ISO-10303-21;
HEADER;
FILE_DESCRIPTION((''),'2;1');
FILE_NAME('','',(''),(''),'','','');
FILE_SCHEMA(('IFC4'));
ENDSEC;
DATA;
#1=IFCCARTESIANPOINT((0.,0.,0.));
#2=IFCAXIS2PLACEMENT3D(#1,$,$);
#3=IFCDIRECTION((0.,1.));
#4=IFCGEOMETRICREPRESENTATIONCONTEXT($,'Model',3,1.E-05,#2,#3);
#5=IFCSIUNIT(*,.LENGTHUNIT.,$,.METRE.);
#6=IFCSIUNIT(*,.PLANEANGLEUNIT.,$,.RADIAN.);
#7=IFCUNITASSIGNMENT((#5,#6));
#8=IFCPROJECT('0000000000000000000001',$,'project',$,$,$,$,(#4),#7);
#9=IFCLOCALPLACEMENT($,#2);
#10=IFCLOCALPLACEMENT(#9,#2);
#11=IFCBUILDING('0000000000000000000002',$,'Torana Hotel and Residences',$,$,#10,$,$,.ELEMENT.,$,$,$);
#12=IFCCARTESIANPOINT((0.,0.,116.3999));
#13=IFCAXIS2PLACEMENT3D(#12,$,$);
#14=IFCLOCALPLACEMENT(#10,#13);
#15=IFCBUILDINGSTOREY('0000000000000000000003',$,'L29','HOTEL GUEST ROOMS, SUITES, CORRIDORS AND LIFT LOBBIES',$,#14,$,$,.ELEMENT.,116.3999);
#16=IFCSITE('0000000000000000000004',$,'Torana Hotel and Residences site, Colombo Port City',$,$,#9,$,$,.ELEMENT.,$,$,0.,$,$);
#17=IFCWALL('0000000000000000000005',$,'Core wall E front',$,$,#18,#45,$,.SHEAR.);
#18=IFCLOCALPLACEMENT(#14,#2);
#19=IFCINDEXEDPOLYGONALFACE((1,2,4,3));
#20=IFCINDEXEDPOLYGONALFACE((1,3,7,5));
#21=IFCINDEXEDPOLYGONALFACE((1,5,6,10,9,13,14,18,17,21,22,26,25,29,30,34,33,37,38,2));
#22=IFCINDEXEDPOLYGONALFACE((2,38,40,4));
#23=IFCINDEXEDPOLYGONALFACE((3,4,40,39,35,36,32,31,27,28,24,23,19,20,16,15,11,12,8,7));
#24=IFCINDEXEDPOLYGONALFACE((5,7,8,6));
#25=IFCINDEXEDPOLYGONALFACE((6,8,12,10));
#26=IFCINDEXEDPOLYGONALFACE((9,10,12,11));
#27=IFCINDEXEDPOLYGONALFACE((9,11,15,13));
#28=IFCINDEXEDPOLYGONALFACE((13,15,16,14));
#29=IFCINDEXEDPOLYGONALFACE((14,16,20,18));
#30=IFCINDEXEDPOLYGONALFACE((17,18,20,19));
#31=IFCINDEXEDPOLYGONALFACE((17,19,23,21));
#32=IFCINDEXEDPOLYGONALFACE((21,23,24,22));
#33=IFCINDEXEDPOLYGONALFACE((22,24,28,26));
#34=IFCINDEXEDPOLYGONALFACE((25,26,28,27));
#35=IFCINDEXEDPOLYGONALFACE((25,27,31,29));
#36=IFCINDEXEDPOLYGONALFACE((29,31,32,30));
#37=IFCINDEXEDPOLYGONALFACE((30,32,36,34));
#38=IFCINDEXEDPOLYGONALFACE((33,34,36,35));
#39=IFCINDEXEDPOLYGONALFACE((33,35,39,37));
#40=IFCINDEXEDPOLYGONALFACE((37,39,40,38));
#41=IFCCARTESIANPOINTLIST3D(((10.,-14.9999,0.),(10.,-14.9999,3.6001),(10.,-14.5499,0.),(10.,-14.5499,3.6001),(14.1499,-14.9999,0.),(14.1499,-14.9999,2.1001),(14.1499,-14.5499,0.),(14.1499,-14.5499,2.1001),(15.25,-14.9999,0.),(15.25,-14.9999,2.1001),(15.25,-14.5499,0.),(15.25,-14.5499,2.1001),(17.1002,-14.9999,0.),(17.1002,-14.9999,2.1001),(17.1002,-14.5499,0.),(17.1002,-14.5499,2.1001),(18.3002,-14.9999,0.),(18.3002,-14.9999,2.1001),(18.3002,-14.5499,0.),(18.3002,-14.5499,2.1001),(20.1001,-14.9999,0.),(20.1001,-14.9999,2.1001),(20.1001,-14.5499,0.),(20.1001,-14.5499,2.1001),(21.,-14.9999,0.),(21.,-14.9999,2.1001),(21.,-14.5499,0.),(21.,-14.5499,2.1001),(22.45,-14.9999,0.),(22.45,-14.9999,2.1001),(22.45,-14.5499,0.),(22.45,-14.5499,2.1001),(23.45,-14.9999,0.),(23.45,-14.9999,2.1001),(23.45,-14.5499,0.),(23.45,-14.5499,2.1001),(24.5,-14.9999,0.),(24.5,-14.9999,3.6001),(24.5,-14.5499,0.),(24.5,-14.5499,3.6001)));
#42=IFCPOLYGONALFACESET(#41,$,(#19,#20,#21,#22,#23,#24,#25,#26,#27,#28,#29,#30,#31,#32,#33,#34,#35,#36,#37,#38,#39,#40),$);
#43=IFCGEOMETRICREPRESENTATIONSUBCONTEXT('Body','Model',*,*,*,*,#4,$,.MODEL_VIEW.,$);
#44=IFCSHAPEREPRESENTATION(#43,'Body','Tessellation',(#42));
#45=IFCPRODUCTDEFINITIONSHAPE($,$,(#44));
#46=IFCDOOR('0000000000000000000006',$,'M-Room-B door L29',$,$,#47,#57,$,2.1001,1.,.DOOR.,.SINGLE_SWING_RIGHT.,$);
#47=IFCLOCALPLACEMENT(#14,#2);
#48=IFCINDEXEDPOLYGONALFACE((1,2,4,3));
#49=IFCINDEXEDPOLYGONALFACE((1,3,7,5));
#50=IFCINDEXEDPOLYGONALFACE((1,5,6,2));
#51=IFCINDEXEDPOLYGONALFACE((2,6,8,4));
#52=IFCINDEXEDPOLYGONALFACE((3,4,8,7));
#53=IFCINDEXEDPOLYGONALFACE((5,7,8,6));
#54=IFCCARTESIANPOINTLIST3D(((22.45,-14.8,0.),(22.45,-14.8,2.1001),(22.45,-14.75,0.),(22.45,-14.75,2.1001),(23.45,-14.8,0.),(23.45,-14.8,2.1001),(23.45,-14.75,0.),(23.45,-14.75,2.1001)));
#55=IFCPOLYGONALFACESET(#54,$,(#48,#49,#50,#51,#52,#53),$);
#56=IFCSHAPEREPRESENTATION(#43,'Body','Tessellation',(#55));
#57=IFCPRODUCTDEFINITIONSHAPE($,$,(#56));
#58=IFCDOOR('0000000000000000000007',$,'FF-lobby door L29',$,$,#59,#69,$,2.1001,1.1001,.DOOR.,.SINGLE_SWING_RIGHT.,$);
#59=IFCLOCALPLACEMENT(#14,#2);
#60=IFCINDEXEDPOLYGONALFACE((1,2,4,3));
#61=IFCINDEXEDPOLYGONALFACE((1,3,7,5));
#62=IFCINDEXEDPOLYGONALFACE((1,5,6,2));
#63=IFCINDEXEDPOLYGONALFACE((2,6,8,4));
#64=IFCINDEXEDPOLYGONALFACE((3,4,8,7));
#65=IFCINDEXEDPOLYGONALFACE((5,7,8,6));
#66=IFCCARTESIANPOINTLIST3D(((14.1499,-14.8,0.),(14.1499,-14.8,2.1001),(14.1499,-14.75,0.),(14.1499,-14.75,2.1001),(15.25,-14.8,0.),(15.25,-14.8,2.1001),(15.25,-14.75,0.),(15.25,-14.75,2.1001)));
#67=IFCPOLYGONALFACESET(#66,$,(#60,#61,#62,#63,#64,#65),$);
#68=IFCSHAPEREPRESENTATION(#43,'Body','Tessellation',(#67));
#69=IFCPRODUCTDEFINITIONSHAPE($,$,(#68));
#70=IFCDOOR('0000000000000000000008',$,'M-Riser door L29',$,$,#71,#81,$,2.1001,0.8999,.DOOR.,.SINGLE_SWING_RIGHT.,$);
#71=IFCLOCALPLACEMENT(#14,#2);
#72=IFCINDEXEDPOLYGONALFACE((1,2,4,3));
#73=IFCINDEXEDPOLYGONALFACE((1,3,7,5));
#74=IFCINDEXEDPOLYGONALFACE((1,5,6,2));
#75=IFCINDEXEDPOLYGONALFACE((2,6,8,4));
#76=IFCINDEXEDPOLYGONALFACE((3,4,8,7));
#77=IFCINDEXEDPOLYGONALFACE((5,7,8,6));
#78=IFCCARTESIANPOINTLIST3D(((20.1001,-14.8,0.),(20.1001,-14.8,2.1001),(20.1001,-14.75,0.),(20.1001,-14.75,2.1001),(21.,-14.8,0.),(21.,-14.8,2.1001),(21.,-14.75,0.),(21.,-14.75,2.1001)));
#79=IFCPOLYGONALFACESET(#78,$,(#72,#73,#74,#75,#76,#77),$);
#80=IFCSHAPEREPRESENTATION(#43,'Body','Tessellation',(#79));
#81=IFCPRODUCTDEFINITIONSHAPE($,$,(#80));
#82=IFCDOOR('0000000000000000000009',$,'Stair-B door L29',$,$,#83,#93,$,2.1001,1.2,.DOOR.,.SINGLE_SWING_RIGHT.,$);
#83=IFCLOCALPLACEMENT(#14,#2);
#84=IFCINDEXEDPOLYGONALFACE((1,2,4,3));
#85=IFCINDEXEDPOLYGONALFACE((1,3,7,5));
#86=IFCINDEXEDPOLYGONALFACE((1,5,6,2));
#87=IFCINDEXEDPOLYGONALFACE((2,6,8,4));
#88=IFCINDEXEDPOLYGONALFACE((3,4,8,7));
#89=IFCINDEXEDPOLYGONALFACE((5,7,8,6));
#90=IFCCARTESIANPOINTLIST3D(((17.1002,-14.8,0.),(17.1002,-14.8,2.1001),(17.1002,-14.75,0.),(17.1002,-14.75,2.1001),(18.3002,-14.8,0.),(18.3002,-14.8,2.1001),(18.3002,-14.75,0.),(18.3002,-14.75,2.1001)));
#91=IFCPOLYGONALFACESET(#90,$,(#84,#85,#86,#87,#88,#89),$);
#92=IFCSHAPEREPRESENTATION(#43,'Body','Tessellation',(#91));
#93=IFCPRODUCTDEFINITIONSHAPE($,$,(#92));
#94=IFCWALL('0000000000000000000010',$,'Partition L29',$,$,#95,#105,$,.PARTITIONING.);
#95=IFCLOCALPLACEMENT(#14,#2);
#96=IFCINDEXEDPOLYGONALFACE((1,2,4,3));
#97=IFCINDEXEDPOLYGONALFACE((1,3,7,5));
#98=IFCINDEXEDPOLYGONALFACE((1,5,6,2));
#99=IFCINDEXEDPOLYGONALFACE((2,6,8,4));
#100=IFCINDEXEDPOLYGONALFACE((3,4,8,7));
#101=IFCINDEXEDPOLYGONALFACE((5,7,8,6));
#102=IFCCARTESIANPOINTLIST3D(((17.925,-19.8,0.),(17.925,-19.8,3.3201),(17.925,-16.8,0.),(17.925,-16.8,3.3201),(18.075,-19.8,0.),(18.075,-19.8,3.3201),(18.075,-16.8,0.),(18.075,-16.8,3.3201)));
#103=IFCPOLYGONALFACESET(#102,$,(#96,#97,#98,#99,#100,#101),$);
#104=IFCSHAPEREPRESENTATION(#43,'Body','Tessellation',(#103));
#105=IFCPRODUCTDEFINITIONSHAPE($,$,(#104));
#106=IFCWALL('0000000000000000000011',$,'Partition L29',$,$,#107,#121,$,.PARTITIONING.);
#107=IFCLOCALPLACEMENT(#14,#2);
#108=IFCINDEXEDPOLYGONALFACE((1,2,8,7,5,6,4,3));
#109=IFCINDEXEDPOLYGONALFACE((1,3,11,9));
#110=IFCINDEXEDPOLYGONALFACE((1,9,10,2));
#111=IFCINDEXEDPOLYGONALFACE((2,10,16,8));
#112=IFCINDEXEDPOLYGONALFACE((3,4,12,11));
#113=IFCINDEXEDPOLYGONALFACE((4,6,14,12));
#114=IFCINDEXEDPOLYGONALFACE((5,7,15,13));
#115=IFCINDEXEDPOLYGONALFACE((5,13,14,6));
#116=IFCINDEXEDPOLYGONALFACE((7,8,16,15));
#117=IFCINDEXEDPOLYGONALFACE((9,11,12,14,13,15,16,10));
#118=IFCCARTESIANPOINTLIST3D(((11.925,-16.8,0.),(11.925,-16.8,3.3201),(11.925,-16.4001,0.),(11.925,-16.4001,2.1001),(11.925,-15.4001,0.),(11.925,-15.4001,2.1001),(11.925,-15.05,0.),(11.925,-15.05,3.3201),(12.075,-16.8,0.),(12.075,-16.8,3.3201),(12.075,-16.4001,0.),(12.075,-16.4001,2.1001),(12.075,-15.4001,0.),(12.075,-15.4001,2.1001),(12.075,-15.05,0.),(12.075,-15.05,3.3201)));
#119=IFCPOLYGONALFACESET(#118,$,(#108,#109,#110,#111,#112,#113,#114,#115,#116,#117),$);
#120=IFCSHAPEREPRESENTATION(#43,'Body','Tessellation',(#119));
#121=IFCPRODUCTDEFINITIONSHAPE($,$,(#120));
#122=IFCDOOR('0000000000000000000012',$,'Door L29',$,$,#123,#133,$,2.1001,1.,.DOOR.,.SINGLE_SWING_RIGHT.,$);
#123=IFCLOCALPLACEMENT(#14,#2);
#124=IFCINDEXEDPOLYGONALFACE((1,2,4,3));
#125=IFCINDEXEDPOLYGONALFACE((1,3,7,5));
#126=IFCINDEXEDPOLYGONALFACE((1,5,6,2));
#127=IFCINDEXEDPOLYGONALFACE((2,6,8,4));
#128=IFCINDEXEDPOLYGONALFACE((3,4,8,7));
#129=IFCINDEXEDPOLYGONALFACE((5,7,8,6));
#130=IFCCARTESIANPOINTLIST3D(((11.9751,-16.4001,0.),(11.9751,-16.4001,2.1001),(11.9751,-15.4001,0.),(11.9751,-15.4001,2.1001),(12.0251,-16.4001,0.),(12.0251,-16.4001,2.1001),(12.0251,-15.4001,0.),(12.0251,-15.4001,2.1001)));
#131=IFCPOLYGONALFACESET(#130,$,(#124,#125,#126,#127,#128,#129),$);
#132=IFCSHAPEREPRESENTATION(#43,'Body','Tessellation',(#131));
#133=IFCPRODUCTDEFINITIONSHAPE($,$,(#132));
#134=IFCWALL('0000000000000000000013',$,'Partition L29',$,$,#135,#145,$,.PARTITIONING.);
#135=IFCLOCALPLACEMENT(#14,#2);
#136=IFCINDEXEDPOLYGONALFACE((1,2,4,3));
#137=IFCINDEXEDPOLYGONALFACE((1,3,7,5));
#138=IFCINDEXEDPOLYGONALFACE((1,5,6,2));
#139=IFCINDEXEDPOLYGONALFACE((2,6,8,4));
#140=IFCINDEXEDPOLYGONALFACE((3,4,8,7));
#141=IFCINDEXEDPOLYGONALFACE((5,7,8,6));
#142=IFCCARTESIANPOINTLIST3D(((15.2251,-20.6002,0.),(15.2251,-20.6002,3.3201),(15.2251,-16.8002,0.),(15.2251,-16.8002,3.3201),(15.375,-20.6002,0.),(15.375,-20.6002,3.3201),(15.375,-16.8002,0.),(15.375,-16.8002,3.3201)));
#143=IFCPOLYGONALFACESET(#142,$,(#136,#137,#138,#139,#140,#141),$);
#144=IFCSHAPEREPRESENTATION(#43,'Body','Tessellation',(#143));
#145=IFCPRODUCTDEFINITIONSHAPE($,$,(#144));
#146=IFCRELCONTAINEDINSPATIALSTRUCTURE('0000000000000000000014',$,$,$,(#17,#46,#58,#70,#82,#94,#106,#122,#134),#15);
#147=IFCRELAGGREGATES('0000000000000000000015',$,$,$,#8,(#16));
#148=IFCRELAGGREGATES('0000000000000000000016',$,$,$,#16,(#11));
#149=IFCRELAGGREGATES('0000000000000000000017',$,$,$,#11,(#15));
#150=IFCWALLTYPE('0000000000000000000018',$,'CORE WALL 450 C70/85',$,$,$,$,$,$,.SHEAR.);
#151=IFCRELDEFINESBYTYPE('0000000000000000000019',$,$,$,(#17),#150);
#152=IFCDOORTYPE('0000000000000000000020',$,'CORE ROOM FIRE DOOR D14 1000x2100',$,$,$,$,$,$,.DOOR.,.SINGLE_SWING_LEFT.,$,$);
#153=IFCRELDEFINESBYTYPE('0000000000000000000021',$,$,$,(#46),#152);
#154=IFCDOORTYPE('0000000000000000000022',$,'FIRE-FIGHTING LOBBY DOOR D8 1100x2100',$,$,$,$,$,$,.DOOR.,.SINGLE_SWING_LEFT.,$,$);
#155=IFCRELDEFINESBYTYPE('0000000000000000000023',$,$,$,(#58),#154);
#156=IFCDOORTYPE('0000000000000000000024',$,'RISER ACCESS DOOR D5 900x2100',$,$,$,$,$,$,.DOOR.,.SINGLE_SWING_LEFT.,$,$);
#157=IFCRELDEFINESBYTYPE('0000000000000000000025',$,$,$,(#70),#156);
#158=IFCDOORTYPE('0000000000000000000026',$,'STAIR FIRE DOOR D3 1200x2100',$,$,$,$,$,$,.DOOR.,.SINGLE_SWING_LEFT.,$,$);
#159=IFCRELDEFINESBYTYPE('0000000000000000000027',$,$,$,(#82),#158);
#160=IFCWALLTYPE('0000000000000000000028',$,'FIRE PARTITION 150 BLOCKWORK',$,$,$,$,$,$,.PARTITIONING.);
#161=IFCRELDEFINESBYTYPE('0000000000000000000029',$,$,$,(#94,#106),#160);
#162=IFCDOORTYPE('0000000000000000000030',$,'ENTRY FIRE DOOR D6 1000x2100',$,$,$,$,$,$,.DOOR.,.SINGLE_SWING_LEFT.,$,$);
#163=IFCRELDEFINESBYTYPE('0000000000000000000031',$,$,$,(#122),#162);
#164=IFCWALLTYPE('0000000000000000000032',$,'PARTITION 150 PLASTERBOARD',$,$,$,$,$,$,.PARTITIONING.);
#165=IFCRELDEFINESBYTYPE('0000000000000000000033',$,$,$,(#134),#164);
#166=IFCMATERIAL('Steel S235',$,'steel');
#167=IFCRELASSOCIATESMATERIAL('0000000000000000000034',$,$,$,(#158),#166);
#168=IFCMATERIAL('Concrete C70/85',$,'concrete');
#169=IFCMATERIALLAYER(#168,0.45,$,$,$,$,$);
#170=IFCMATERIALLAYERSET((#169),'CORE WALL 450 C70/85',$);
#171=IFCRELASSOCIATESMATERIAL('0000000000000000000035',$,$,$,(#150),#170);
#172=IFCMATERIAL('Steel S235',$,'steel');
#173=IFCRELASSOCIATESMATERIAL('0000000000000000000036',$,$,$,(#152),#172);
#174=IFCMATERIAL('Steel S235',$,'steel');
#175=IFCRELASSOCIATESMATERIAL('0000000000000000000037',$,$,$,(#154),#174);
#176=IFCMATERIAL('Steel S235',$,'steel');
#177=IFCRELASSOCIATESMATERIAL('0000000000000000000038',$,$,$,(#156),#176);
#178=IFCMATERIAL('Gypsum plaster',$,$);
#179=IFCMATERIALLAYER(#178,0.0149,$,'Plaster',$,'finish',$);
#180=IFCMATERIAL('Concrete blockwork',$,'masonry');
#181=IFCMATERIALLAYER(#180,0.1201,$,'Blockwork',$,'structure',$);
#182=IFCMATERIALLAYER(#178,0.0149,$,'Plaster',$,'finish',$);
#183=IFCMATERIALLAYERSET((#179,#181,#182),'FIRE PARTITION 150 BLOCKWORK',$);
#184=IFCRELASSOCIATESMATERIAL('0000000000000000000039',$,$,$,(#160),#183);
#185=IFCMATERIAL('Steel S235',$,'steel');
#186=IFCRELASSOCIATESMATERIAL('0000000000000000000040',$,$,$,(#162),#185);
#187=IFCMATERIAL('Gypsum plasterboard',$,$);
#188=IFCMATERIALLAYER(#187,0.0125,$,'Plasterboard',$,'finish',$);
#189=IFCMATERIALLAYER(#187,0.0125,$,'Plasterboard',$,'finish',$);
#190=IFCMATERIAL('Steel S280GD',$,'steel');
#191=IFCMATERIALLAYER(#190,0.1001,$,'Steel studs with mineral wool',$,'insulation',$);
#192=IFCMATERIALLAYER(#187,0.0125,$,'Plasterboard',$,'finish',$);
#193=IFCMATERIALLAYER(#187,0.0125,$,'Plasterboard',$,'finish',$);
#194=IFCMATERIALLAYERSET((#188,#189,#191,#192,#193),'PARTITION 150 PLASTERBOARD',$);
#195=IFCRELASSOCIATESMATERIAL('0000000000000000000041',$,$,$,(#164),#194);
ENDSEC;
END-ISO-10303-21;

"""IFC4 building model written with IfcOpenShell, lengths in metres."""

from ifc_helpers import new_model, si_unit, direction, frame, frame_2d, origin, place, context, subcontext, project, spatial, rectangle, extrude, material, layer, layer_set, type_object, element, fill, save


model = new_model("IFC4")

# Units and contexts
model_context = context("Model", 3, precision=1e-05, world=origin(), true_north=direction((0.0, 1.0)))
body_context = subcontext(model_context, "Body", "Model", "MODEL_VIEW")
ifc_project = project(units=[si_unit("LENGTHUNIT", "METRE"), si_unit("PLANEANGLEUNIT", "RADIAN")], contexts=[model_context])

# Site, building, storey
site_placement = place(None, origin())
site = spatial("IfcSite", under=ifc_project, at=site_placement, Name="Torana Hotel and Residences site, Colombo Port City", CompositionType="ELEMENT", RefElevation=0.0)
building_placement = place(site_placement, origin())
building = spatial("IfcBuilding", under=site, at=building_placement, Name="Torana Hotel and Residences", CompositionType="ELEMENT")
storey_placement = place(building_placement, frame((0.0, 0.0, 116.3999)))
storey = spatial("IfcBuildingStorey", under=building, at=storey_placement, Name="L29", Description="HOTEL GUEST ROOMS, SUITES, CORRIDORS AND LIFT LOBBIES", CompositionType="ELEMENT", Elevation=116.3999)

# Shared definitions
ifc_material_1 = material(Name="Steel S235", Category="steel")
door_type_1 = type_object("IfcDoorType", Name="STAIR FIRE DOOR D3 1200x2100", OperationType="SINGLE_SWING_LEFT", PredefinedType="DOOR", material=ifc_material_1)

# Wall, openings, doors
ifc_material_2 = material(Name="Concrete C70/85", Category="concrete")
ifc_layer_1 = layer(ifc_material_2, 0.45)
ifc_layer_set_1 = layer_set([ifc_layer_1], Name="CORE WALL 450 C70/85")
wall_type_1 = type_object("IfcWallType", Name="CORE WALL 450 C70/85", PredefinedType="SHEAR", material=ifc_layer_set_1)
wall_1_placement = place(storey_placement, frame((10.0, -14.7749, 0.0), z_axis=(0.0, 0.0, 1.0), x_axis=(1.0, 0.0, 0.0)))
wall_1 = element("IfcWall", 1, at=wall_1_placement, inside=storey, type_object=wall_type_1, Name="Core wall E front", PredefinedType="SHEAR", context=body_context, shape_type="SweptSolid", body=[
    extrude(rectangle(XDim=14.5, YDim=0.45, at=frame_2d((7.25, 0.0))), origin(), (0.0, 0.0, 1.0), 3.6001),
])
opening_1_placement = place(wall_1_placement, frame((7.1001, 0.0, 0.0)))
opening_1 = element("IfcOpeningElement", 2, at=opening_1_placement, cuts=wall_1, PredefinedType="OPENING", context=body_context, shape_type="SweptSolid", body=[
    extrude(rectangle(XDim=1.2, YDim=2.1001, at=frame_2d((0.6001, 1.05))), frame((0.0, 0.2349, 0.0), z_axis=(0.0, -1.0, 0.0), x_axis=(1.0, 0.0, 0.0)), (0.0, 0.0, 1.0), 0.47),
])
opening_2_placement = place(wall_1_placement, frame((4.1499, 0.0, 0.0)))
opening_2 = element("IfcOpeningElement", 3, at=opening_2_placement, cuts=wall_1, PredefinedType="OPENING", context=body_context, shape_type="SweptSolid", body=[
    extrude(rectangle(XDim=1.1001, YDim=2.1001, at=frame_2d((0.55, 1.05))), frame((0.0, 0.2349, 0.0), z_axis=(0.0, -1.0, 0.0), x_axis=(1.0, 0.0, 0.0)), (0.0, 0.0, 1.0), 0.47),
])
opening_3_placement = place(wall_1_placement, frame((10.1001, 0.0, 0.0)))
opening_3 = element("IfcOpeningElement", 4, at=opening_3_placement, cuts=wall_1, PredefinedType="OPENING", context=body_context, shape_type="SweptSolid", body=[
    extrude(rectangle(XDim=0.8999, YDim=2.1001, at=frame_2d((0.45, 1.05))), frame((0.0, 0.2349, 0.0), z_axis=(0.0, -1.0, 0.0), x_axis=(1.0, 0.0, 0.0)), (0.0, 0.0, 1.0), 0.47),
])
opening_4_placement = place(wall_1_placement, frame((12.45, 0.0, 0.0)))
opening_4 = element("IfcOpeningElement", 5, at=opening_4_placement, cuts=wall_1, PredefinedType="OPENING", context=body_context, shape_type="SweptSolid", body=[
    extrude(rectangle(XDim=1.0, YDim=2.1001, at=frame_2d((0.5, 1.05))), frame((0.0, 0.2349, 0.0), z_axis=(0.0, -1.0, 0.0), x_axis=(1.0, 0.0, 0.0)), (0.0, 0.0, 1.0), 0.47),
])
ifc_material_3 = material(Name="Steel S235", Category="steel")
door_type_2 = type_object("IfcDoorType", Name="CORE ROOM FIRE DOOR D14 1000x2100", OperationType="SINGLE_SWING_LEFT", PredefinedType="DOOR", material=ifc_material_3)
door_1_placement = place(opening_4_placement, origin())
door_1 = element("IfcDoor", 6, at=door_1_placement, inside=storey, type_object=door_type_2, Name="M-Room-B door L29", OperationType="SINGLE_SWING_RIGHT", OverallHeight=2.1001, OverallWidth=1.0, PredefinedType="DOOR", context=body_context, shape_type="SweptSolid", body=[
    extrude(rectangle(XDim=1.0, YDim=2.1001, at=frame_2d((0.5, 1.05))), frame((0.0, 0.0249, 0.0), z_axis=(0.0, -1.0, 0.0), x_axis=(1.0, 0.0, 0.0)), (0.0, 0.0, 1.0), 0.05),
])
fill(opening_4, door_1)
ifc_material_4 = material(Name="Steel S235", Category="steel")
door_type_3 = type_object("IfcDoorType", Name="FIRE-FIGHTING LOBBY DOOR D8 1100x2100", OperationType="SINGLE_SWING_LEFT", PredefinedType="DOOR", material=ifc_material_4)
door_2_placement = place(opening_2_placement, origin())
door_2 = element("IfcDoor", 7, at=door_2_placement, inside=storey, type_object=door_type_3, Name="FF-lobby door L29", OperationType="SINGLE_SWING_RIGHT", OverallHeight=2.1001, OverallWidth=1.1001, PredefinedType="DOOR", context=body_context, shape_type="SweptSolid", body=[
    extrude(rectangle(XDim=1.1001, YDim=2.1001, at=frame_2d((0.55, 1.05))), frame((0.0, 0.0249, 0.0), z_axis=(0.0, -1.0, 0.0), x_axis=(1.0, 0.0, 0.0)), (0.0, 0.0, 1.0), 0.05),
])
fill(opening_2, door_2)
ifc_material_5 = material(Name="Steel S235", Category="steel")
door_type_4 = type_object("IfcDoorType", Name="RISER ACCESS DOOR D5 900x2100", OperationType="SINGLE_SWING_LEFT", PredefinedType="DOOR", material=ifc_material_5)
door_3_placement = place(opening_3_placement, origin())
door_3 = element("IfcDoor", 8, at=door_3_placement, inside=storey, type_object=door_type_4, Name="M-Riser door L29", OperationType="SINGLE_SWING_RIGHT", OverallHeight=2.1001, OverallWidth=0.8999, PredefinedType="DOOR", context=body_context, shape_type="SweptSolid", body=[
    extrude(rectangle(XDim=0.8999, YDim=2.1001, at=frame_2d((0.45, 1.05))), frame((0.0, 0.0249, 0.0), z_axis=(0.0, -1.0, 0.0), x_axis=(1.0, 0.0, 0.0)), (0.0, 0.0, 1.0), 0.05),
])
fill(opening_3, door_3)
door_4_placement = place(opening_1_placement, origin())
door_4 = element("IfcDoor", 9, at=door_4_placement, inside=storey, type_object=door_type_1, Name="Stair-B door L29", OperationType="SINGLE_SWING_RIGHT", OverallHeight=2.1001, OverallWidth=1.2, PredefinedType="DOOR", context=body_context, shape_type="SweptSolid", body=[
    extrude(rectangle(XDim=1.2, YDim=2.1001, at=frame_2d((0.6001, 1.05))), frame((0.0, 0.0249, 0.0), z_axis=(0.0, -1.0, 0.0), x_axis=(1.0, 0.0, 0.0)), (0.0, 0.0, 1.0), 0.05),
])
fill(opening_1, door_4)

# Wall
ifc_material_6 = material(Name="Gypsum plaster")
ifc_layer_2 = layer(ifc_material_6, 0.0149, Name="Plaster", Category="finish")
ifc_material_7 = material(Name="Concrete blockwork", Category="masonry")
ifc_layer_3 = layer(ifc_material_7, 0.1201, Name="Blockwork", Category="structure")
ifc_layer_4 = layer(ifc_material_6, 0.0149, Name="Plaster", Category="finish")
ifc_layer_set_2 = layer_set([ifc_layer_2, ifc_layer_3, ifc_layer_4], Name="FIRE PARTITION 150 BLOCKWORK")
wall_type_2 = type_object("IfcWallType", Name="FIRE PARTITION 150 BLOCKWORK", PredefinedType="PARTITIONING", material=ifc_layer_set_2)
wall_2_placement = place(storey_placement, frame((18.0, -19.8, 0.0), z_axis=(0.0, 0.0, 1.0), x_axis=(0.0, 1.0, 0.0)))
element("IfcWall", 10, at=wall_2_placement, inside=storey, type_object=wall_type_2, Name="Partition L29", PredefinedType="PARTITIONING", context=body_context, shape_type="SweptSolid", body=[
    extrude(rectangle(XDim=3.0, YDim=0.1499, at=frame_2d((1.5, 0.0))), origin(), (0.0, 0.0, 1.0), 3.3201),
])

# Wall, opening, door
wall_3_placement = place(storey_placement, frame((12.0, -16.8, 0.0), z_axis=(0.0, 0.0, 1.0), x_axis=(0.0, 1.0, 0.0)))
wall_3 = element("IfcWall", 11, at=wall_3_placement, inside=storey, type_object=wall_type_2, Name="Partition L29", PredefinedType="PARTITIONING", context=body_context, shape_type="SweptSolid", body=[
    extrude(rectangle(XDim=1.75, YDim=0.1499, at=frame_2d((0.875, 0.0))), origin(), (0.0, 0.0, 1.0), 3.3201),
])
opening_5_placement = place(wall_3_placement, frame((0.3999, 0.0, 0.0)))
opening_5 = element("IfcOpeningElement", 12, at=opening_5_placement, cuts=wall_3, PredefinedType="OPENING", context=body_context, shape_type="SweptSolid", body=[
    extrude(rectangle(XDim=1.0, YDim=2.1001, at=frame_2d((0.5, 1.05))), frame((0.0, 0.085, 0.0), z_axis=(0.0, -1.0, 0.0), x_axis=(1.0, 0.0, 0.0)), (0.0, 0.0, 1.0), 0.1699),
])
ifc_material_8 = material(Name="Steel S235", Category="steel")
door_type_5 = type_object("IfcDoorType", Name="ENTRY FIRE DOOR D6 1000x2100", OperationType="SINGLE_SWING_LEFT", PredefinedType="DOOR", material=ifc_material_8)
door_5_placement = place(opening_5_placement, origin())
door_5 = element("IfcDoor", 13, at=door_5_placement, inside=storey, type_object=door_type_5, Name="Door L29", OperationType="SINGLE_SWING_RIGHT", OverallHeight=2.1001, OverallWidth=1.0, PredefinedType="DOOR", context=body_context, shape_type="SweptSolid", body=[
    extrude(rectangle(XDim=1.0, YDim=2.1001, at=frame_2d((0.5, 1.05))), frame((0.0, 0.0249, 0.0), z_axis=(0.0, -1.0, 0.0), x_axis=(1.0, 0.0, 0.0)), (0.0, 0.0, 1.0), 0.05),
])
fill(opening_5, door_5)

# Wall
ifc_material_9 = material(Name="Gypsum plasterboard")
ifc_layer_5 = layer(ifc_material_9, 0.0125, Name="Plasterboard", Category="finish")
ifc_layer_6 = layer(ifc_material_9, 0.0125, Name="Plasterboard", Category="finish")
ifc_material_10 = material(Name="Steel S280GD", Category="steel")
ifc_layer_7 = layer(ifc_material_10, 0.1001, Name="Steel studs with mineral wool", Category="insulation")
ifc_layer_8 = layer(ifc_material_9, 0.0125, Name="Plasterboard", Category="finish")
ifc_layer_9 = layer(ifc_material_9, 0.0125, Name="Plasterboard", Category="finish")
ifc_layer_set_3 = layer_set([ifc_layer_5, ifc_layer_6, ifc_layer_7, ifc_layer_8, ifc_layer_9], Name="PARTITION 150 PLASTERBOARD")
wall_type_3 = type_object("IfcWallType", Name="PARTITION 150 PLASTERBOARD", PredefinedType="PARTITIONING", material=ifc_layer_set_3)
wall_4_placement = place(storey_placement, frame((15.3, -20.6001, 0.0), z_axis=(0.0, 0.0, 1.0), x_axis=(0.0, 1.0, 0.0)))
element("IfcWall", 14, at=wall_4_placement, inside=storey, type_object=wall_type_3, Name="Partition L29", PredefinedType="PARTITIONING", context=body_context, shape_type="SweptSolid", body=[
    extrude(rectangle(XDim=3.8, YDim=0.1499, at=frame_2d((1.8999, 0.0))), origin(), (0.0, 0.0, 1.0), 3.3201),
])

save(model, "model.ifc")
